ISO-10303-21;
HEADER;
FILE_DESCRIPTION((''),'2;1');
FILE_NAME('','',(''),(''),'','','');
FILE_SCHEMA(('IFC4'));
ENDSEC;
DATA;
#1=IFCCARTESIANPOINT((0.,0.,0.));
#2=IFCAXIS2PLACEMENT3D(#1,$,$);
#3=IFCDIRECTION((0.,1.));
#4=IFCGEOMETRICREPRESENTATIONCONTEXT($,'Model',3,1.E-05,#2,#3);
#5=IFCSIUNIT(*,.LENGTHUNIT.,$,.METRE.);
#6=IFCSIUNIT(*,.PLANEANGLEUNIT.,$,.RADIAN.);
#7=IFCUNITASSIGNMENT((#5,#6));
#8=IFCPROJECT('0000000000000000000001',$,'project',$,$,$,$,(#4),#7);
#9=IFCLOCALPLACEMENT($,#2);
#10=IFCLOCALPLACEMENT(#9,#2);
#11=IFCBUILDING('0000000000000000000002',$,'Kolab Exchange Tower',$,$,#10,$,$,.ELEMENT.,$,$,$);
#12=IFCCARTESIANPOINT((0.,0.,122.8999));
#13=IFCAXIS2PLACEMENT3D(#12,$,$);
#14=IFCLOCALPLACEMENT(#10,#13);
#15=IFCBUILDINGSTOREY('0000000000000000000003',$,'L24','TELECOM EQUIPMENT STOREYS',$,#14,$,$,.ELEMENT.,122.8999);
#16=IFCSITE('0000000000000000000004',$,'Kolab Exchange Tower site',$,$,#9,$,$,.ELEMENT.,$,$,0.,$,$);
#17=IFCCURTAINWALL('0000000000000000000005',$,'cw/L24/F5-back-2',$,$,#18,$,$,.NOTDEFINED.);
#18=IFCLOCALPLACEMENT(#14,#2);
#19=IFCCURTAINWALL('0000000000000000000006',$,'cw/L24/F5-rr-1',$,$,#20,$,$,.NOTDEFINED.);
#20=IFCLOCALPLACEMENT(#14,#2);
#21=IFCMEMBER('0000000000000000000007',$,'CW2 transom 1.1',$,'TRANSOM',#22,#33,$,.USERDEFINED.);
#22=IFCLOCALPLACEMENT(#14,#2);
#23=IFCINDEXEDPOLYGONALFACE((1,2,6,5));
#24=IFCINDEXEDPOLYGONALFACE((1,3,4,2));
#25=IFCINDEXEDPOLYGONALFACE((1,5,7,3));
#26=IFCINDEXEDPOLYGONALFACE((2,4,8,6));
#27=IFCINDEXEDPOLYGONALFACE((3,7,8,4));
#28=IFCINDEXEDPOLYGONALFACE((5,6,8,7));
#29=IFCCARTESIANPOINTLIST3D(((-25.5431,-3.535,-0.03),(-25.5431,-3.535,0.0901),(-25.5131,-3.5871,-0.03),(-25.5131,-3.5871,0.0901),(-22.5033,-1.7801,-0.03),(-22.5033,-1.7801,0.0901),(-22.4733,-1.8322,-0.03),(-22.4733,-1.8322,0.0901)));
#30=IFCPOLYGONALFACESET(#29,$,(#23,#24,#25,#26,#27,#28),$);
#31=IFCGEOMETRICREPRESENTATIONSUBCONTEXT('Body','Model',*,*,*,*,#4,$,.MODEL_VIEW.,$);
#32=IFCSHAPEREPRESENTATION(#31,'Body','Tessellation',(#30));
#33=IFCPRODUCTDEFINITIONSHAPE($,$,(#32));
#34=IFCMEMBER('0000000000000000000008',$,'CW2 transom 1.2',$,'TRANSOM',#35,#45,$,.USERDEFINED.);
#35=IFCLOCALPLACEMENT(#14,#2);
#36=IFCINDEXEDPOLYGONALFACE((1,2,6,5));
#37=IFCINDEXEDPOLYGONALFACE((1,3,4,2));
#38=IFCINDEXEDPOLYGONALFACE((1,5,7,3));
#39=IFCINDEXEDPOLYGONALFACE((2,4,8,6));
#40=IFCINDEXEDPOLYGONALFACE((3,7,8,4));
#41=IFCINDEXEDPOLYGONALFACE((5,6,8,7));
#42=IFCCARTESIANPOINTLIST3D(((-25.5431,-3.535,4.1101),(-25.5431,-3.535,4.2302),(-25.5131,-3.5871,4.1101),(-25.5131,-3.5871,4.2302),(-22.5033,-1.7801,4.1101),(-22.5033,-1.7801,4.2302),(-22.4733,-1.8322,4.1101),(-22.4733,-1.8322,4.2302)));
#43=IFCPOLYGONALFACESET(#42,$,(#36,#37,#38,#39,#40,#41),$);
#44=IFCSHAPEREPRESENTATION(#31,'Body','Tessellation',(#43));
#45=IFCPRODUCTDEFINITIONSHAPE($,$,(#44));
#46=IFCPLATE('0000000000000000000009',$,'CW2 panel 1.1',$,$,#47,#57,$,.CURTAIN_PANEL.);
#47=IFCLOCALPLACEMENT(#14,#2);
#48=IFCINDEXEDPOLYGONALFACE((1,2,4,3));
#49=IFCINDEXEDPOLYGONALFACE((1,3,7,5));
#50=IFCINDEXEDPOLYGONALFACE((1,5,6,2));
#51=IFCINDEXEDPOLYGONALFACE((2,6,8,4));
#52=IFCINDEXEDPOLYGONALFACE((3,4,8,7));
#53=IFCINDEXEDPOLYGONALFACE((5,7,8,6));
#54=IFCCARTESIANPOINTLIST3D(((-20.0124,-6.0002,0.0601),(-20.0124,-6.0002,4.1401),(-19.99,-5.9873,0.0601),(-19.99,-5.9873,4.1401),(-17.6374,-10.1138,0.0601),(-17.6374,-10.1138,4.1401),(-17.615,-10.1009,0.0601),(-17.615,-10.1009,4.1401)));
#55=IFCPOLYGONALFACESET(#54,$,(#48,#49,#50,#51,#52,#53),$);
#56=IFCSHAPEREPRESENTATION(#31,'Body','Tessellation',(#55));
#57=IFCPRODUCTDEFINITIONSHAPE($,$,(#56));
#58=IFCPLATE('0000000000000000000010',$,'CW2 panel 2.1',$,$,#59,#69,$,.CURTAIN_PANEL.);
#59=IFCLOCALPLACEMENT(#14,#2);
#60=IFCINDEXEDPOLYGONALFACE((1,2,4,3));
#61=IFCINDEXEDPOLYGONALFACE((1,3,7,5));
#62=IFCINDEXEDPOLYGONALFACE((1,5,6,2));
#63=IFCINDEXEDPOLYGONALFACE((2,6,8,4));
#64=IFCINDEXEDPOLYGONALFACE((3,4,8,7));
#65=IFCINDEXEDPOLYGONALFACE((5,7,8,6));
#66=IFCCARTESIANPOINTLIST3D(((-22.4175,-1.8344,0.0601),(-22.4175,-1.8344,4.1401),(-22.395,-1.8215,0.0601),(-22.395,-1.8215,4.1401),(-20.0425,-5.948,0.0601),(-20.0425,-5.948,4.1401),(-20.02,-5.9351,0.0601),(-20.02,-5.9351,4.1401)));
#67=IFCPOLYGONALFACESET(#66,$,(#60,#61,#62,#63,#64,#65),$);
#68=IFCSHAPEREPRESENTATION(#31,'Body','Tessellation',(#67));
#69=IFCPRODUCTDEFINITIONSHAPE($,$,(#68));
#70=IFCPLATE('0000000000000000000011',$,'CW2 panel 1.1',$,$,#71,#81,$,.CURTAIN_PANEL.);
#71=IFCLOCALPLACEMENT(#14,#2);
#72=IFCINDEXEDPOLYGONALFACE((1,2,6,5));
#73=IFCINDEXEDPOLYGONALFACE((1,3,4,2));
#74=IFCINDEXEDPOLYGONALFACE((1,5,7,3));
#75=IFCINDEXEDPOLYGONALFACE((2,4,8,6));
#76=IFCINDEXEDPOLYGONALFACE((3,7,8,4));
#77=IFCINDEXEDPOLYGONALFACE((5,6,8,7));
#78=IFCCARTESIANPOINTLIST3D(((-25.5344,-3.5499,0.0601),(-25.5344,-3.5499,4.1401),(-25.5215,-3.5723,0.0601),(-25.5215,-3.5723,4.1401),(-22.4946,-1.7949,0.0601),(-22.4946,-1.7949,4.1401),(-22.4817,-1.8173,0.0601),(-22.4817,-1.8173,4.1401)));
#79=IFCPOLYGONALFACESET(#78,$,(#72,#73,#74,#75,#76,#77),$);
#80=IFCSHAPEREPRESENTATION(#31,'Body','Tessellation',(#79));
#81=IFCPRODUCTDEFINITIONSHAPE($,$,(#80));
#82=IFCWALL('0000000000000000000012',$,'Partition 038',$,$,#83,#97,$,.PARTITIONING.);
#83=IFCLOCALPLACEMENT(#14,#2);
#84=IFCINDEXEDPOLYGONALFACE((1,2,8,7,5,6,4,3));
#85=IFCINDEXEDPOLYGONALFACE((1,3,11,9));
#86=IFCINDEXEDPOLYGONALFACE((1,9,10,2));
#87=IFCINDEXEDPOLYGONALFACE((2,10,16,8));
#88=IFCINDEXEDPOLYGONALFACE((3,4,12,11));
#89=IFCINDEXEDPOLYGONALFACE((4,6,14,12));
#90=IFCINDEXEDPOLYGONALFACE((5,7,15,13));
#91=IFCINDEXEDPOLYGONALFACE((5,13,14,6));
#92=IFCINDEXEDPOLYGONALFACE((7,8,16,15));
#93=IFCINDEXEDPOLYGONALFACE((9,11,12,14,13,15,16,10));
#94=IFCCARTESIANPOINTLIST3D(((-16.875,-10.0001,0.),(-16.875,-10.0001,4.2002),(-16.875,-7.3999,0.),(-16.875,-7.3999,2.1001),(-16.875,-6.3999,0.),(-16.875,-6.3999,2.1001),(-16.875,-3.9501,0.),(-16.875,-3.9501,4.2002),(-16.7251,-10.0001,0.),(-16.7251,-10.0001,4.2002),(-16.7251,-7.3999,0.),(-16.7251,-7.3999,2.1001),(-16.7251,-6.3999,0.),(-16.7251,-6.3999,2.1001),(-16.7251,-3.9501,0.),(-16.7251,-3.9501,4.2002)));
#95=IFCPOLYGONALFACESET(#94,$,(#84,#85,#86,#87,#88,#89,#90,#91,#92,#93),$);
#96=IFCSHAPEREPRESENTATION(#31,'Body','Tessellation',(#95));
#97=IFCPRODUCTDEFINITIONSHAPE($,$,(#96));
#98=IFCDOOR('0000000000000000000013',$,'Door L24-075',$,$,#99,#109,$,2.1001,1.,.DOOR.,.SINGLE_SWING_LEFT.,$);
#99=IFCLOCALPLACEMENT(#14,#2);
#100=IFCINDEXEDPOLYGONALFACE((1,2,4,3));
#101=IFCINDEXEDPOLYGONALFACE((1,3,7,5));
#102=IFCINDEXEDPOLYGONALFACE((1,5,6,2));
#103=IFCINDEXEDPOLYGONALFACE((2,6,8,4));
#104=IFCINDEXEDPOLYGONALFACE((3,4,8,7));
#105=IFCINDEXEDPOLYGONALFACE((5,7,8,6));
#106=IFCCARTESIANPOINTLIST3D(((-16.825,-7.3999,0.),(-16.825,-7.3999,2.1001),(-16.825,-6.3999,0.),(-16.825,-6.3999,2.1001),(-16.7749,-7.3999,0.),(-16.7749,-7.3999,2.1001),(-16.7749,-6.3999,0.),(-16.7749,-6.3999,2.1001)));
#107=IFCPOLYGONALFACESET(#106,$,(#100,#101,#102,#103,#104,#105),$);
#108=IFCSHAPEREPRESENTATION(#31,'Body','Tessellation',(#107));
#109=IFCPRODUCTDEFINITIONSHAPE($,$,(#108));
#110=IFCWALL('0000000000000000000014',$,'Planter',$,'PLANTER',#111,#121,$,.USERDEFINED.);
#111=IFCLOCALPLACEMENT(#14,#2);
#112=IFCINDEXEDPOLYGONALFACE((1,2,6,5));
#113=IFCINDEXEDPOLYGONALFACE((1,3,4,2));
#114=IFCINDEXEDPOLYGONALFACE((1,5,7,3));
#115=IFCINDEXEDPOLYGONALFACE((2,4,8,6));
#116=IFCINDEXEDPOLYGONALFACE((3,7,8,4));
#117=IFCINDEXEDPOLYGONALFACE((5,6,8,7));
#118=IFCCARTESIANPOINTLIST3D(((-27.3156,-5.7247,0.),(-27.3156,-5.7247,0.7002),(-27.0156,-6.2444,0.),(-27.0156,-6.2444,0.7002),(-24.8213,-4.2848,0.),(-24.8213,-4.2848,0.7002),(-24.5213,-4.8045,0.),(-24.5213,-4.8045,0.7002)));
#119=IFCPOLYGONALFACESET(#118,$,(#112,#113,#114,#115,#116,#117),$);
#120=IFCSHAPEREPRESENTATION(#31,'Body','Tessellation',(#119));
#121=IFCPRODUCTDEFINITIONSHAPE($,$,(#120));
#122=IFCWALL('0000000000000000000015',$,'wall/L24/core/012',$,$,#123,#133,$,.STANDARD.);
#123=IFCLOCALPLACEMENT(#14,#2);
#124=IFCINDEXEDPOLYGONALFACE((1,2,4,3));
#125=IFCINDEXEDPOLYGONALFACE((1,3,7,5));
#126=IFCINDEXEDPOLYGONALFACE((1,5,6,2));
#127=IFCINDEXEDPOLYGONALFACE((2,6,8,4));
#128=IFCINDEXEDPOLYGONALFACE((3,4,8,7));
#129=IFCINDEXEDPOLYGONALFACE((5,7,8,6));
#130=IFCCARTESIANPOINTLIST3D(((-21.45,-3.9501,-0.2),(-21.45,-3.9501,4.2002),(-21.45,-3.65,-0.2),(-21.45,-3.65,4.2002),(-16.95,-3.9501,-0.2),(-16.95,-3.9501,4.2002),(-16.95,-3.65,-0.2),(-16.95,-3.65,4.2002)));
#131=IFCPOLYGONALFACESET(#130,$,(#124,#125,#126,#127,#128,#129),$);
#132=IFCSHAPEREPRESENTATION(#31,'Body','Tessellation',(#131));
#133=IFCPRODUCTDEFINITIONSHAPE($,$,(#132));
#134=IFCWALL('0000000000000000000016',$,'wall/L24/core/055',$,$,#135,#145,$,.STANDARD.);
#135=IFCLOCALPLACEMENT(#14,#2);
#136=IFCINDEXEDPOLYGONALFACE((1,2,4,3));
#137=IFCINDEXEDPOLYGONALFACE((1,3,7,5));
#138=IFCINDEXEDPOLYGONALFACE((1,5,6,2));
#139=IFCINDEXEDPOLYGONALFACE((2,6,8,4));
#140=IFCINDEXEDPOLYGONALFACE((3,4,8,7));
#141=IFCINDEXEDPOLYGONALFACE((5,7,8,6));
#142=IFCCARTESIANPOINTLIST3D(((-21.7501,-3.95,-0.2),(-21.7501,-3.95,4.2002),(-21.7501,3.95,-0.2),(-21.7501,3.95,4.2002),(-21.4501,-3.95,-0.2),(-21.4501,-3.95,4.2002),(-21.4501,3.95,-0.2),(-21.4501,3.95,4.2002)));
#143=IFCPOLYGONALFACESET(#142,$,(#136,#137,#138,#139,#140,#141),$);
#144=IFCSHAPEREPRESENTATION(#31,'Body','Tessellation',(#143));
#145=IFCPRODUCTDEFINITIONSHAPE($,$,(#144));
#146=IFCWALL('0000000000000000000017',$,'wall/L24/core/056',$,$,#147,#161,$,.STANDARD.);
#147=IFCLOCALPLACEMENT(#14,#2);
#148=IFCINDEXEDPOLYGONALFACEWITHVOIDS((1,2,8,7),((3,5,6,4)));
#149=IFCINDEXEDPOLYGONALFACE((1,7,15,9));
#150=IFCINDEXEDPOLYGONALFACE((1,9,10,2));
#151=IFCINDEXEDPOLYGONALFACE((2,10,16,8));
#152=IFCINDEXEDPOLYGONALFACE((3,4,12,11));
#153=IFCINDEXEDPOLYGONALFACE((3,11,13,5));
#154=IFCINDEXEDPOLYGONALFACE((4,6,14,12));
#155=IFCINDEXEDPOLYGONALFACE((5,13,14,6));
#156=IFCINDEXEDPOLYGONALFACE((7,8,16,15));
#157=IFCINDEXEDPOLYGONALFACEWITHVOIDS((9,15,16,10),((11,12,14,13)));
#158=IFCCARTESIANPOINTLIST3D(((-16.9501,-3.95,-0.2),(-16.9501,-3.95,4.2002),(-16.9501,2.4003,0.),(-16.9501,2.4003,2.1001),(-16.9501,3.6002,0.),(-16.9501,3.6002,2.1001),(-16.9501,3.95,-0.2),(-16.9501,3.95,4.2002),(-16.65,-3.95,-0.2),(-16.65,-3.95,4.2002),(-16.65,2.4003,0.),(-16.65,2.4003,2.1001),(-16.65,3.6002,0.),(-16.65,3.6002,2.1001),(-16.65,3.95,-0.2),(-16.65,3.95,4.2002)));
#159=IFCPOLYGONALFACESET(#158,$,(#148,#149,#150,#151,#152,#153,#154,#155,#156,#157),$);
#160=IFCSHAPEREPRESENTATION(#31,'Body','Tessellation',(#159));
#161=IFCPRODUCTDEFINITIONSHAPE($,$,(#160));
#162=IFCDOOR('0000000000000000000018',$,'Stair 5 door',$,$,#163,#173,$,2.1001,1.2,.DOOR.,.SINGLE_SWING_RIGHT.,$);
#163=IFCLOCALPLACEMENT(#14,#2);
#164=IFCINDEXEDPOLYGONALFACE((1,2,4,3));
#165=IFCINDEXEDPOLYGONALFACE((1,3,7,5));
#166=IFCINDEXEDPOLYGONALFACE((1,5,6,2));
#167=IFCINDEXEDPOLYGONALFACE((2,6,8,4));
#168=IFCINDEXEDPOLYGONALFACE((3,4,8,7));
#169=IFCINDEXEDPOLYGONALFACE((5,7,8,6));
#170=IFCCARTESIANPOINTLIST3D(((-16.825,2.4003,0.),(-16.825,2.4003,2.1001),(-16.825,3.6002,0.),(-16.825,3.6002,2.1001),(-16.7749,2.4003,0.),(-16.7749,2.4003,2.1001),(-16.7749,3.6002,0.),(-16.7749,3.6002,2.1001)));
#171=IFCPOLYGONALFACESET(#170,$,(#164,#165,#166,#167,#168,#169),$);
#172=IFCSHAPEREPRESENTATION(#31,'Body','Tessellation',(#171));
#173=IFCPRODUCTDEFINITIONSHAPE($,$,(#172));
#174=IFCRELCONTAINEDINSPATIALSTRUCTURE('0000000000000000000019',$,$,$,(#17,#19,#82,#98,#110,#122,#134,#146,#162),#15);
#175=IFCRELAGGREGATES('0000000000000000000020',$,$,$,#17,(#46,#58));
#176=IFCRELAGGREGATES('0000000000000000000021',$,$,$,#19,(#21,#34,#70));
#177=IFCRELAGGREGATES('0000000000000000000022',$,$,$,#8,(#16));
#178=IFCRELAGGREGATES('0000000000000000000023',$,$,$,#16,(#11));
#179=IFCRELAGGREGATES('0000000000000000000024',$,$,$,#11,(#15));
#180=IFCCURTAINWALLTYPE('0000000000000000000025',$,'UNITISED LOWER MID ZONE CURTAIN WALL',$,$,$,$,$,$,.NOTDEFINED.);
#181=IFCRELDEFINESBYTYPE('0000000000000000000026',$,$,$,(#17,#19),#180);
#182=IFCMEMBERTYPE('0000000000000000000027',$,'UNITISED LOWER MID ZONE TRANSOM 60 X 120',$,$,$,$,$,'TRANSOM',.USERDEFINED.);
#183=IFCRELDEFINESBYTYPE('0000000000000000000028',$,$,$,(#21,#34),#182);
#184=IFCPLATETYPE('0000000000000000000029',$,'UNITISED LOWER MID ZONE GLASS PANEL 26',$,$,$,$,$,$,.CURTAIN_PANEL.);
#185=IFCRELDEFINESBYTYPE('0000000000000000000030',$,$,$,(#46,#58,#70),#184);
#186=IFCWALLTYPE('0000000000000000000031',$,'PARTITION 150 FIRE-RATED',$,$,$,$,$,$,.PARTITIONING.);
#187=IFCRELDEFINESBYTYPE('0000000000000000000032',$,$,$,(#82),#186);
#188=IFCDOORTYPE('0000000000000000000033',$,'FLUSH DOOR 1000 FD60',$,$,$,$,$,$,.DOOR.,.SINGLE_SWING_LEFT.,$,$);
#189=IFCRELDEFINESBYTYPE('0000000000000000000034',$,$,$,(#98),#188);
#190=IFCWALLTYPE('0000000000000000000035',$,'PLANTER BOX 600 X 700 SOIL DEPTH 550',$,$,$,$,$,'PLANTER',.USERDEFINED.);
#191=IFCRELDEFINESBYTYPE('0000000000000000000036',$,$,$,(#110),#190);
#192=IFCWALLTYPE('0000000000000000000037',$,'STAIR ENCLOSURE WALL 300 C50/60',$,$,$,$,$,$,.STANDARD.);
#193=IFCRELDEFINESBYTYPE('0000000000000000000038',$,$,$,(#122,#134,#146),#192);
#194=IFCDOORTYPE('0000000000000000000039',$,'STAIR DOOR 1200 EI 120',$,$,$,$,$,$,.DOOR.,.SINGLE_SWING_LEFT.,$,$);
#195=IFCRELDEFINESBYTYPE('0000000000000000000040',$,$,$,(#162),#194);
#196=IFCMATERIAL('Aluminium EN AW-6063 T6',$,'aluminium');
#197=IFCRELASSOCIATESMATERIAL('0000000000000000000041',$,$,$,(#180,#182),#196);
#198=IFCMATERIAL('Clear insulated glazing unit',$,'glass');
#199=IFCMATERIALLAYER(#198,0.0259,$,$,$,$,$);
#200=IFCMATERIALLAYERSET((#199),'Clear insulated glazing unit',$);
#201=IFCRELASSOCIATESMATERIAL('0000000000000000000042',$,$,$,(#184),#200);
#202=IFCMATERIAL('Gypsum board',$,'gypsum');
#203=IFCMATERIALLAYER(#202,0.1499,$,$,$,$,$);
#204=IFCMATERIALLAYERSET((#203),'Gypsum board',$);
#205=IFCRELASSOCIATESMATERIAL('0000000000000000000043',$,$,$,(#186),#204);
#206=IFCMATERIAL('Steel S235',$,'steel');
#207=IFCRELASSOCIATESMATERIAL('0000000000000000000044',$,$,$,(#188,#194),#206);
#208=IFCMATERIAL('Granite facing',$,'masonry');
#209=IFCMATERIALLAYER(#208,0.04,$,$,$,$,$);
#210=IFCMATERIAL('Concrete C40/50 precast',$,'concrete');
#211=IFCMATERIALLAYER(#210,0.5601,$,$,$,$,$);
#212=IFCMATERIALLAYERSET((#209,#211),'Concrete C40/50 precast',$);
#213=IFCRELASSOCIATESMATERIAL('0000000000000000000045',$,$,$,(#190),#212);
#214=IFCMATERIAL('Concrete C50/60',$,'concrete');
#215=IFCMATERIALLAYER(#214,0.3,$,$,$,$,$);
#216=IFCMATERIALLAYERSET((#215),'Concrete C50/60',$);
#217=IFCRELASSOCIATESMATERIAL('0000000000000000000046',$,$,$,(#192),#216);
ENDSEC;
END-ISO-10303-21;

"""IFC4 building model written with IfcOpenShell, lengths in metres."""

from ifc_helpers import new_model, si_unit, direction, frame, frame_2d, origin, origin_2d, place, context, subcontext, project, spatial, rectangle, extrude, material, layer, layer_set, material_profile, profile_set, type_object, element, fill, aggregate, save


model = new_model("IFC4")

# Units and contexts
model_context = context("Model", 3, precision=1e-05, world=origin(), true_north=direction((0.0, 1.0)))
body_context = subcontext(model_context, "Body", "Model", "MODEL_VIEW")
ifc_project = project(units=[si_unit("LENGTHUNIT", "METRE"), si_unit("PLANEANGLEUNIT", "RADIAN")], contexts=[model_context])

# Site, building, storey
site_placement = place(None, origin())
site = spatial("IfcSite", under=ifc_project, at=site_placement, Name="Kolab Exchange Tower site", CompositionType="ELEMENT", RefElevation=0.0)
building_placement = place(site_placement, origin())
building = spatial("IfcBuilding", under=site, at=building_placement, Name="Kolab Exchange Tower", CompositionType="ELEMENT")
storey_placement = place(building_placement, frame((0.0, 0.0, 122.8999)))
storey = spatial("IfcBuildingStorey", under=building, at=storey_placement, Name="L24", Description="TELECOM EQUIPMENT STOREYS", CompositionType="ELEMENT", Elevation=122.8999)

# Curtain wall
ifc_material_1 = material(Name="Aluminium EN AW-6063 T6", Category="aluminium")
curtain_wall_type = type_object("IfcCurtainWallType", Name="UNITISED LOWER MID ZONE CURTAIN WALL", PredefinedType="NOTDEFINED", material=ifc_material_1)
curtain_wall_1_placement = place(storey_placement, origin())
curtain_wall_1 = element("IfcCurtainWall", 1, at=curtain_wall_1_placement, inside=storey, type_object=curtain_wall_type, Name="cw/L24/F5-back-2", PredefinedType="NOTDEFINED")

# Curtain wall
curtain_wall_2_placement = place(storey_placement, origin())
curtain_wall_2 = element("IfcCurtainWall", 2, at=curtain_wall_2_placement, inside=storey, type_object=curtain_wall_type, Name="cw/L24/F5-rr-1", PredefinedType="NOTDEFINED")

# Members
ifc_material_profile_1 = material_profile(ifc_material_1, rectangle(XDim=0.0601, YDim=0.1201, at=origin_2d()), Name="RECT 60X120")
ifc_profile_set_1 = profile_set([ifc_material_profile_1], Name="Aluminium EN AW-6063 T6")
member_type_1 = type_object("IfcMemberType", Name="UNITISED LOWER MID ZONE TRANSOM 60 X 120", ElementType="TRANSOM", PredefinedType="USERDEFINED", material=ifc_profile_set_1)
member_1_placement = place(storey_placement, frame((-22.4883, -1.8062, 0.03), z_axis=(-0.866043, -0.499969, 0.0), x_axis=(0.499969, -0.866043, 0.0)))
member_1 = element("IfcMember", 3, at=member_1_placement, type_object=member_type_1, Name="CW2 transom 1.1", ObjectType="TRANSOM", PredefinedType="USERDEFINED", context=body_context, shape_type="SweptSolid", body=[
    extrude(rectangle(XDim=0.0601, YDim=0.1201, at=origin_2d()), origin(), (0.0, 0.0, 1.0), 3.51),
])
member_2_placement = place(storey_placement, frame((-22.4883, -1.8062, 4.1702), z_axis=(-0.866043, -0.499969, 0.0), x_axis=(0.499969, -0.866043, 0.0)))
member_2 = element("IfcMember", 4, at=member_2_placement, type_object=member_type_1, Name="CW2 transom 1.2", ObjectType="TRANSOM", PredefinedType="USERDEFINED", context=body_context, shape_type="SweptSolid", body=[
    extrude(rectangle(XDim=0.0601, YDim=0.1201, at=origin_2d()), origin(), (0.0, 0.0, 1.0), 3.51),
])

# Plates
ifc_material_2 = material(Name="Clear insulated glazing unit", Category="glass")
ifc_layer_1 = layer(ifc_material_2, 0.0259)
ifc_layer_set_1 = layer_set([ifc_layer_1], Name="Clear insulated glazing unit")
plate_type = type_object("IfcPlateType", Name="UNITISED LOWER MID ZONE GLASS PANEL 26", PredefinedType="CURTAIN_PANEL", material=ifc_layer_set_1)
plate_1_placement = place(storey_placement, frame((-18.8137, -8.0505, 0.0601), z_axis=(0.0, 0.0, 1.0), x_axis=(-0.5, 0.866025, 0.0)))
plate_1 = element("IfcPlate", 5, at=plate_1_placement, type_object=plate_type, Name="CW2 panel 1.1", PredefinedType="CURTAIN_PANEL", context=body_context, shape_type="SweptSolid", body=[
    extrude(rectangle(XDim=4.75, YDim=0.0259, at=origin_2d()), origin(), (0.0, 0.0, 1.0), 4.0801),
])
plate_2_placement = place(storey_placement, frame((-21.2188, -3.8848, 0.0601), z_axis=(0.0, 0.0, 1.0), x_axis=(-0.5, 0.866025, 0.0)))
plate_2 = element("IfcPlate", 6, at=plate_2_placement, type_object=plate_type, Name="CW2 panel 2.1", PredefinedType="CURTAIN_PANEL", context=body_context, shape_type="SweptSolid", body=[
    extrude(rectangle(XDim=4.75, YDim=0.0259, at=origin_2d()), origin(), (0.0, 0.0, 1.0), 4.0801),
])
aggregate(curtain_wall_1, [plate_1, plate_2])
plate_3_placement = place(storey_placement, frame((-24.0081, -2.6836, 0.0601), z_axis=(0.0, 0.0, 1.0), x_axis=(-0.866025, -0.5, 0.0)))
plate_3 = element("IfcPlate", 7, at=plate_3_placement, type_object=plate_type, Name="CW2 panel 1.1", PredefinedType="CURTAIN_PANEL", context=body_context, shape_type="SweptSolid", body=[
    extrude(rectangle(XDim=3.51, YDim=0.0259, at=origin_2d()), origin(), (0.0, 0.0, 1.0), 4.0801),
])
aggregate(curtain_wall_2, [member_1, member_2, plate_3])

# Wall, opening, door
ifc_material_3 = material(Name="Gypsum board", Category="gypsum")
ifc_layer_2 = layer(ifc_material_3, 0.1499)
ifc_layer_set_2 = layer_set([ifc_layer_2], Name="Gypsum board")
wall_type_1 = type_object("IfcWallType", Name="PARTITION 150 FIRE-RATED", PredefinedType="PARTITIONING", material=ifc_layer_set_2)
wall_1_placement = place(storey_placement, frame((-16.8, -10.0, 0.0), z_axis=(0.0, 0.0, 1.0), x_axis=(0.0, 1.0, 0.0)))
wall_1 = element("IfcWall", 8, at=wall_1_placement, inside=storey, type_object=wall_type_1, Name="Partition 038", PredefinedType="PARTITIONING", context=body_context, shape_type="SweptSolid", body=[
    extrude(rectangle(XDim=6.05, YDim=0.1499, at=frame_2d((3.0249, 0.0))), origin(), (0.0, 0.0, 1.0), 4.2002),
])
opening_1_placement = place(wall_1_placement, frame((2.6001, 0.0, 0.0)))
opening_1 = element("IfcOpeningElement", 9, at=opening_1_placement, cuts=wall_1, PredefinedType="OPENING", context=body_context, shape_type="SweptSolid", body=[
    extrude(rectangle(XDim=1.0, YDim=2.1001, at=frame_2d((0.5, 1.05))), frame((0.0, 0.085, 0.0), z_axis=(0.0, -1.0, 0.0), x_axis=(1.0, 0.0, 0.0)), (0.0, 0.0, 1.0), 0.1699),
])
ifc_material_4 = material(Name="Steel S235", Category="steel")
door_type_1 = type_object("IfcDoorType", Name="FLUSH DOOR 1000 FD60", OperationType="SINGLE_SWING_LEFT", PredefinedType="DOOR", material=ifc_material_4)
door_1_placement = place(opening_1_placement, origin())
door_1 = element("IfcDoor", 10, at=door_1_placement, inside=storey, type_object=door_type_1, Name="Door L24-075", OperationType="SINGLE_SWING_LEFT", OverallHeight=2.1001, OverallWidth=1.0, PredefinedType="DOOR", context=body_context, shape_type="SweptSolid", body=[
    extrude(rectangle(XDim=1.0, YDim=2.1001, at=frame_2d((0.5, 1.05))), frame((0.0, 0.0249, 0.0), z_axis=(0.0, -1.0, 0.0), x_axis=(1.0, 0.0, 0.0)), (0.0, 0.0, 1.0), 0.05),
])
fill(opening_1, door_1)

# Walls
ifc_material_5 = material(Name="Granite facing", Category="masonry")
ifc_layer_3 = layer(ifc_material_5, 0.04)
ifc_material_6 = material(Name="Concrete C40/50 precast", Category="concrete")
ifc_layer_4 = layer(ifc_material_6, 0.5601)
ifc_layer_set_3 = layer_set([ifc_layer_3, ifc_layer_4], Name="Concrete C40/50 precast")
wall_type_2 = type_object("IfcWallType", Name="PLANTER BOX 600 X 700 SOIL DEPTH 550", ElementType="PLANTER", PredefinedType="USERDEFINED", material=ifc_layer_set_3)
wall_2_placement = place(storey_placement, frame((-24.6714, -4.5447, 0.0), z_axis=(0.0, 0.0, 1.0), x_axis=(-0.866054, -0.49995, 0.0)))
element("IfcWall", 11, at=wall_2_placement, inside=storey, type_object=wall_type_2, Name="Planter", ObjectType="PLANTER", PredefinedType="USERDEFINED", context=body_context, shape_type="SweptSolid", body=[
    extrude(rectangle(XDim=2.8801, YDim=0.6001, at=frame_2d((1.4399, 0.0))), origin(), (0.0, 0.0, 1.0), 0.7002),
])
ifc_material_7 = material(Name="Concrete C50/60", Category="concrete")
ifc_layer_5 = layer(ifc_material_7, 0.3)
ifc_layer_set_4 = layer_set([ifc_layer_5], Name="Concrete C50/60")
wall_type_3 = type_object("IfcWallType", Name="STAIR ENCLOSURE WALL 300 C50/60", PredefinedType="STANDARD", material=ifc_layer_set_4)
wall_3_placement = place(storey_placement, frame((-21.45, -3.8, -0.2), z_axis=(0.0, 0.0, 1.0), x_axis=(1.0, 0.0, 0.0)))
element("IfcWall", 12, at=wall_3_placement, inside=storey, type_object=wall_type_3, Name="wall/L24/core/012", PredefinedType="STANDARD", context=body_context, shape_type="SweptSolid", body=[
    extrude(rectangle(XDim=4.5, YDim=0.3, at=frame_2d((2.25, 0.0))), origin(), (0.0, 0.0, 1.0), 4.4001),
])
wall_4_placement = place(storey_placement, frame((-21.6001, -3.95, -0.2), z_axis=(0.0, 0.0, 1.0), x_axis=(0.0, 1.0, 0.0)))
element("IfcWall", 13, at=wall_4_placement, inside=storey, type_object=wall_type_3, Name="wall/L24/core/055", PredefinedType="STANDARD", context=body_context, shape_type="SweptSolid", body=[
    extrude(rectangle(XDim=7.8999, YDim=0.3, at=frame_2d((3.95, 0.0))), origin(), (0.0, 0.0, 1.0), 4.4001),
])

# Wall, opening, door
wall_5_placement = place(storey_placement, frame((-16.8, -3.95, -0.2), z_axis=(0.0, 0.0, 1.0), x_axis=(0.0, 1.0, 0.0)))
wall_5 = element("IfcWall", 14, at=wall_5_placement, inside=storey, type_object=wall_type_3, Name="wall/L24/core/056", PredefinedType="STANDARD", context=body_context, shape_type="SweptSolid", body=[
    extrude(rectangle(XDim=7.8999, YDim=0.3, at=frame_2d((3.95, 0.0))), origin(), (0.0, 0.0, 1.0), 4.4001),
])
opening_2_placement = place(wall_5_placement, frame((6.3501, 0.0, 0.2)))
opening_2 = element("IfcOpeningElement", 15, at=opening_2_placement, cuts=wall_5, PredefinedType="OPENING", context=body_context, shape_type="SweptSolid", body=[
    extrude(rectangle(XDim=1.2, YDim=2.1001, at=frame_2d((0.6001, 1.05))), frame((0.0, 0.1602, 0.0), z_axis=(0.0, -1.0, 0.0), x_axis=(1.0, 0.0, 0.0)), (0.0, 0.0, 1.0), 0.3201),
])
door_type_2 = type_object("IfcDoorType", Name="STAIR DOOR 1200 EI 120", OperationType="SINGLE_SWING_LEFT", PredefinedType="DOOR", material=ifc_material_4)
door_2_placement = place(opening_2_placement, origin())
door_2 = element("IfcDoor", 16, at=door_2_placement, inside=storey, type_object=door_type_2, Name="Stair 5 door", OperationType="SINGLE_SWING_RIGHT", OverallHeight=2.1001, OverallWidth=1.2, PredefinedType="DOOR", context=body_context, shape_type="SweptSolid", body=[
    extrude(rectangle(XDim=1.2, YDim=2.1001, at=frame_2d((0.6001, 1.05))), frame((0.0, 0.0249, 0.0), z_axis=(0.0, -1.0, 0.0), x_axis=(1.0, 0.0, 0.0)), (0.0, 0.0, 1.0), 0.05),
])
fill(opening_2, door_2)

save(model, "model.ifc")
